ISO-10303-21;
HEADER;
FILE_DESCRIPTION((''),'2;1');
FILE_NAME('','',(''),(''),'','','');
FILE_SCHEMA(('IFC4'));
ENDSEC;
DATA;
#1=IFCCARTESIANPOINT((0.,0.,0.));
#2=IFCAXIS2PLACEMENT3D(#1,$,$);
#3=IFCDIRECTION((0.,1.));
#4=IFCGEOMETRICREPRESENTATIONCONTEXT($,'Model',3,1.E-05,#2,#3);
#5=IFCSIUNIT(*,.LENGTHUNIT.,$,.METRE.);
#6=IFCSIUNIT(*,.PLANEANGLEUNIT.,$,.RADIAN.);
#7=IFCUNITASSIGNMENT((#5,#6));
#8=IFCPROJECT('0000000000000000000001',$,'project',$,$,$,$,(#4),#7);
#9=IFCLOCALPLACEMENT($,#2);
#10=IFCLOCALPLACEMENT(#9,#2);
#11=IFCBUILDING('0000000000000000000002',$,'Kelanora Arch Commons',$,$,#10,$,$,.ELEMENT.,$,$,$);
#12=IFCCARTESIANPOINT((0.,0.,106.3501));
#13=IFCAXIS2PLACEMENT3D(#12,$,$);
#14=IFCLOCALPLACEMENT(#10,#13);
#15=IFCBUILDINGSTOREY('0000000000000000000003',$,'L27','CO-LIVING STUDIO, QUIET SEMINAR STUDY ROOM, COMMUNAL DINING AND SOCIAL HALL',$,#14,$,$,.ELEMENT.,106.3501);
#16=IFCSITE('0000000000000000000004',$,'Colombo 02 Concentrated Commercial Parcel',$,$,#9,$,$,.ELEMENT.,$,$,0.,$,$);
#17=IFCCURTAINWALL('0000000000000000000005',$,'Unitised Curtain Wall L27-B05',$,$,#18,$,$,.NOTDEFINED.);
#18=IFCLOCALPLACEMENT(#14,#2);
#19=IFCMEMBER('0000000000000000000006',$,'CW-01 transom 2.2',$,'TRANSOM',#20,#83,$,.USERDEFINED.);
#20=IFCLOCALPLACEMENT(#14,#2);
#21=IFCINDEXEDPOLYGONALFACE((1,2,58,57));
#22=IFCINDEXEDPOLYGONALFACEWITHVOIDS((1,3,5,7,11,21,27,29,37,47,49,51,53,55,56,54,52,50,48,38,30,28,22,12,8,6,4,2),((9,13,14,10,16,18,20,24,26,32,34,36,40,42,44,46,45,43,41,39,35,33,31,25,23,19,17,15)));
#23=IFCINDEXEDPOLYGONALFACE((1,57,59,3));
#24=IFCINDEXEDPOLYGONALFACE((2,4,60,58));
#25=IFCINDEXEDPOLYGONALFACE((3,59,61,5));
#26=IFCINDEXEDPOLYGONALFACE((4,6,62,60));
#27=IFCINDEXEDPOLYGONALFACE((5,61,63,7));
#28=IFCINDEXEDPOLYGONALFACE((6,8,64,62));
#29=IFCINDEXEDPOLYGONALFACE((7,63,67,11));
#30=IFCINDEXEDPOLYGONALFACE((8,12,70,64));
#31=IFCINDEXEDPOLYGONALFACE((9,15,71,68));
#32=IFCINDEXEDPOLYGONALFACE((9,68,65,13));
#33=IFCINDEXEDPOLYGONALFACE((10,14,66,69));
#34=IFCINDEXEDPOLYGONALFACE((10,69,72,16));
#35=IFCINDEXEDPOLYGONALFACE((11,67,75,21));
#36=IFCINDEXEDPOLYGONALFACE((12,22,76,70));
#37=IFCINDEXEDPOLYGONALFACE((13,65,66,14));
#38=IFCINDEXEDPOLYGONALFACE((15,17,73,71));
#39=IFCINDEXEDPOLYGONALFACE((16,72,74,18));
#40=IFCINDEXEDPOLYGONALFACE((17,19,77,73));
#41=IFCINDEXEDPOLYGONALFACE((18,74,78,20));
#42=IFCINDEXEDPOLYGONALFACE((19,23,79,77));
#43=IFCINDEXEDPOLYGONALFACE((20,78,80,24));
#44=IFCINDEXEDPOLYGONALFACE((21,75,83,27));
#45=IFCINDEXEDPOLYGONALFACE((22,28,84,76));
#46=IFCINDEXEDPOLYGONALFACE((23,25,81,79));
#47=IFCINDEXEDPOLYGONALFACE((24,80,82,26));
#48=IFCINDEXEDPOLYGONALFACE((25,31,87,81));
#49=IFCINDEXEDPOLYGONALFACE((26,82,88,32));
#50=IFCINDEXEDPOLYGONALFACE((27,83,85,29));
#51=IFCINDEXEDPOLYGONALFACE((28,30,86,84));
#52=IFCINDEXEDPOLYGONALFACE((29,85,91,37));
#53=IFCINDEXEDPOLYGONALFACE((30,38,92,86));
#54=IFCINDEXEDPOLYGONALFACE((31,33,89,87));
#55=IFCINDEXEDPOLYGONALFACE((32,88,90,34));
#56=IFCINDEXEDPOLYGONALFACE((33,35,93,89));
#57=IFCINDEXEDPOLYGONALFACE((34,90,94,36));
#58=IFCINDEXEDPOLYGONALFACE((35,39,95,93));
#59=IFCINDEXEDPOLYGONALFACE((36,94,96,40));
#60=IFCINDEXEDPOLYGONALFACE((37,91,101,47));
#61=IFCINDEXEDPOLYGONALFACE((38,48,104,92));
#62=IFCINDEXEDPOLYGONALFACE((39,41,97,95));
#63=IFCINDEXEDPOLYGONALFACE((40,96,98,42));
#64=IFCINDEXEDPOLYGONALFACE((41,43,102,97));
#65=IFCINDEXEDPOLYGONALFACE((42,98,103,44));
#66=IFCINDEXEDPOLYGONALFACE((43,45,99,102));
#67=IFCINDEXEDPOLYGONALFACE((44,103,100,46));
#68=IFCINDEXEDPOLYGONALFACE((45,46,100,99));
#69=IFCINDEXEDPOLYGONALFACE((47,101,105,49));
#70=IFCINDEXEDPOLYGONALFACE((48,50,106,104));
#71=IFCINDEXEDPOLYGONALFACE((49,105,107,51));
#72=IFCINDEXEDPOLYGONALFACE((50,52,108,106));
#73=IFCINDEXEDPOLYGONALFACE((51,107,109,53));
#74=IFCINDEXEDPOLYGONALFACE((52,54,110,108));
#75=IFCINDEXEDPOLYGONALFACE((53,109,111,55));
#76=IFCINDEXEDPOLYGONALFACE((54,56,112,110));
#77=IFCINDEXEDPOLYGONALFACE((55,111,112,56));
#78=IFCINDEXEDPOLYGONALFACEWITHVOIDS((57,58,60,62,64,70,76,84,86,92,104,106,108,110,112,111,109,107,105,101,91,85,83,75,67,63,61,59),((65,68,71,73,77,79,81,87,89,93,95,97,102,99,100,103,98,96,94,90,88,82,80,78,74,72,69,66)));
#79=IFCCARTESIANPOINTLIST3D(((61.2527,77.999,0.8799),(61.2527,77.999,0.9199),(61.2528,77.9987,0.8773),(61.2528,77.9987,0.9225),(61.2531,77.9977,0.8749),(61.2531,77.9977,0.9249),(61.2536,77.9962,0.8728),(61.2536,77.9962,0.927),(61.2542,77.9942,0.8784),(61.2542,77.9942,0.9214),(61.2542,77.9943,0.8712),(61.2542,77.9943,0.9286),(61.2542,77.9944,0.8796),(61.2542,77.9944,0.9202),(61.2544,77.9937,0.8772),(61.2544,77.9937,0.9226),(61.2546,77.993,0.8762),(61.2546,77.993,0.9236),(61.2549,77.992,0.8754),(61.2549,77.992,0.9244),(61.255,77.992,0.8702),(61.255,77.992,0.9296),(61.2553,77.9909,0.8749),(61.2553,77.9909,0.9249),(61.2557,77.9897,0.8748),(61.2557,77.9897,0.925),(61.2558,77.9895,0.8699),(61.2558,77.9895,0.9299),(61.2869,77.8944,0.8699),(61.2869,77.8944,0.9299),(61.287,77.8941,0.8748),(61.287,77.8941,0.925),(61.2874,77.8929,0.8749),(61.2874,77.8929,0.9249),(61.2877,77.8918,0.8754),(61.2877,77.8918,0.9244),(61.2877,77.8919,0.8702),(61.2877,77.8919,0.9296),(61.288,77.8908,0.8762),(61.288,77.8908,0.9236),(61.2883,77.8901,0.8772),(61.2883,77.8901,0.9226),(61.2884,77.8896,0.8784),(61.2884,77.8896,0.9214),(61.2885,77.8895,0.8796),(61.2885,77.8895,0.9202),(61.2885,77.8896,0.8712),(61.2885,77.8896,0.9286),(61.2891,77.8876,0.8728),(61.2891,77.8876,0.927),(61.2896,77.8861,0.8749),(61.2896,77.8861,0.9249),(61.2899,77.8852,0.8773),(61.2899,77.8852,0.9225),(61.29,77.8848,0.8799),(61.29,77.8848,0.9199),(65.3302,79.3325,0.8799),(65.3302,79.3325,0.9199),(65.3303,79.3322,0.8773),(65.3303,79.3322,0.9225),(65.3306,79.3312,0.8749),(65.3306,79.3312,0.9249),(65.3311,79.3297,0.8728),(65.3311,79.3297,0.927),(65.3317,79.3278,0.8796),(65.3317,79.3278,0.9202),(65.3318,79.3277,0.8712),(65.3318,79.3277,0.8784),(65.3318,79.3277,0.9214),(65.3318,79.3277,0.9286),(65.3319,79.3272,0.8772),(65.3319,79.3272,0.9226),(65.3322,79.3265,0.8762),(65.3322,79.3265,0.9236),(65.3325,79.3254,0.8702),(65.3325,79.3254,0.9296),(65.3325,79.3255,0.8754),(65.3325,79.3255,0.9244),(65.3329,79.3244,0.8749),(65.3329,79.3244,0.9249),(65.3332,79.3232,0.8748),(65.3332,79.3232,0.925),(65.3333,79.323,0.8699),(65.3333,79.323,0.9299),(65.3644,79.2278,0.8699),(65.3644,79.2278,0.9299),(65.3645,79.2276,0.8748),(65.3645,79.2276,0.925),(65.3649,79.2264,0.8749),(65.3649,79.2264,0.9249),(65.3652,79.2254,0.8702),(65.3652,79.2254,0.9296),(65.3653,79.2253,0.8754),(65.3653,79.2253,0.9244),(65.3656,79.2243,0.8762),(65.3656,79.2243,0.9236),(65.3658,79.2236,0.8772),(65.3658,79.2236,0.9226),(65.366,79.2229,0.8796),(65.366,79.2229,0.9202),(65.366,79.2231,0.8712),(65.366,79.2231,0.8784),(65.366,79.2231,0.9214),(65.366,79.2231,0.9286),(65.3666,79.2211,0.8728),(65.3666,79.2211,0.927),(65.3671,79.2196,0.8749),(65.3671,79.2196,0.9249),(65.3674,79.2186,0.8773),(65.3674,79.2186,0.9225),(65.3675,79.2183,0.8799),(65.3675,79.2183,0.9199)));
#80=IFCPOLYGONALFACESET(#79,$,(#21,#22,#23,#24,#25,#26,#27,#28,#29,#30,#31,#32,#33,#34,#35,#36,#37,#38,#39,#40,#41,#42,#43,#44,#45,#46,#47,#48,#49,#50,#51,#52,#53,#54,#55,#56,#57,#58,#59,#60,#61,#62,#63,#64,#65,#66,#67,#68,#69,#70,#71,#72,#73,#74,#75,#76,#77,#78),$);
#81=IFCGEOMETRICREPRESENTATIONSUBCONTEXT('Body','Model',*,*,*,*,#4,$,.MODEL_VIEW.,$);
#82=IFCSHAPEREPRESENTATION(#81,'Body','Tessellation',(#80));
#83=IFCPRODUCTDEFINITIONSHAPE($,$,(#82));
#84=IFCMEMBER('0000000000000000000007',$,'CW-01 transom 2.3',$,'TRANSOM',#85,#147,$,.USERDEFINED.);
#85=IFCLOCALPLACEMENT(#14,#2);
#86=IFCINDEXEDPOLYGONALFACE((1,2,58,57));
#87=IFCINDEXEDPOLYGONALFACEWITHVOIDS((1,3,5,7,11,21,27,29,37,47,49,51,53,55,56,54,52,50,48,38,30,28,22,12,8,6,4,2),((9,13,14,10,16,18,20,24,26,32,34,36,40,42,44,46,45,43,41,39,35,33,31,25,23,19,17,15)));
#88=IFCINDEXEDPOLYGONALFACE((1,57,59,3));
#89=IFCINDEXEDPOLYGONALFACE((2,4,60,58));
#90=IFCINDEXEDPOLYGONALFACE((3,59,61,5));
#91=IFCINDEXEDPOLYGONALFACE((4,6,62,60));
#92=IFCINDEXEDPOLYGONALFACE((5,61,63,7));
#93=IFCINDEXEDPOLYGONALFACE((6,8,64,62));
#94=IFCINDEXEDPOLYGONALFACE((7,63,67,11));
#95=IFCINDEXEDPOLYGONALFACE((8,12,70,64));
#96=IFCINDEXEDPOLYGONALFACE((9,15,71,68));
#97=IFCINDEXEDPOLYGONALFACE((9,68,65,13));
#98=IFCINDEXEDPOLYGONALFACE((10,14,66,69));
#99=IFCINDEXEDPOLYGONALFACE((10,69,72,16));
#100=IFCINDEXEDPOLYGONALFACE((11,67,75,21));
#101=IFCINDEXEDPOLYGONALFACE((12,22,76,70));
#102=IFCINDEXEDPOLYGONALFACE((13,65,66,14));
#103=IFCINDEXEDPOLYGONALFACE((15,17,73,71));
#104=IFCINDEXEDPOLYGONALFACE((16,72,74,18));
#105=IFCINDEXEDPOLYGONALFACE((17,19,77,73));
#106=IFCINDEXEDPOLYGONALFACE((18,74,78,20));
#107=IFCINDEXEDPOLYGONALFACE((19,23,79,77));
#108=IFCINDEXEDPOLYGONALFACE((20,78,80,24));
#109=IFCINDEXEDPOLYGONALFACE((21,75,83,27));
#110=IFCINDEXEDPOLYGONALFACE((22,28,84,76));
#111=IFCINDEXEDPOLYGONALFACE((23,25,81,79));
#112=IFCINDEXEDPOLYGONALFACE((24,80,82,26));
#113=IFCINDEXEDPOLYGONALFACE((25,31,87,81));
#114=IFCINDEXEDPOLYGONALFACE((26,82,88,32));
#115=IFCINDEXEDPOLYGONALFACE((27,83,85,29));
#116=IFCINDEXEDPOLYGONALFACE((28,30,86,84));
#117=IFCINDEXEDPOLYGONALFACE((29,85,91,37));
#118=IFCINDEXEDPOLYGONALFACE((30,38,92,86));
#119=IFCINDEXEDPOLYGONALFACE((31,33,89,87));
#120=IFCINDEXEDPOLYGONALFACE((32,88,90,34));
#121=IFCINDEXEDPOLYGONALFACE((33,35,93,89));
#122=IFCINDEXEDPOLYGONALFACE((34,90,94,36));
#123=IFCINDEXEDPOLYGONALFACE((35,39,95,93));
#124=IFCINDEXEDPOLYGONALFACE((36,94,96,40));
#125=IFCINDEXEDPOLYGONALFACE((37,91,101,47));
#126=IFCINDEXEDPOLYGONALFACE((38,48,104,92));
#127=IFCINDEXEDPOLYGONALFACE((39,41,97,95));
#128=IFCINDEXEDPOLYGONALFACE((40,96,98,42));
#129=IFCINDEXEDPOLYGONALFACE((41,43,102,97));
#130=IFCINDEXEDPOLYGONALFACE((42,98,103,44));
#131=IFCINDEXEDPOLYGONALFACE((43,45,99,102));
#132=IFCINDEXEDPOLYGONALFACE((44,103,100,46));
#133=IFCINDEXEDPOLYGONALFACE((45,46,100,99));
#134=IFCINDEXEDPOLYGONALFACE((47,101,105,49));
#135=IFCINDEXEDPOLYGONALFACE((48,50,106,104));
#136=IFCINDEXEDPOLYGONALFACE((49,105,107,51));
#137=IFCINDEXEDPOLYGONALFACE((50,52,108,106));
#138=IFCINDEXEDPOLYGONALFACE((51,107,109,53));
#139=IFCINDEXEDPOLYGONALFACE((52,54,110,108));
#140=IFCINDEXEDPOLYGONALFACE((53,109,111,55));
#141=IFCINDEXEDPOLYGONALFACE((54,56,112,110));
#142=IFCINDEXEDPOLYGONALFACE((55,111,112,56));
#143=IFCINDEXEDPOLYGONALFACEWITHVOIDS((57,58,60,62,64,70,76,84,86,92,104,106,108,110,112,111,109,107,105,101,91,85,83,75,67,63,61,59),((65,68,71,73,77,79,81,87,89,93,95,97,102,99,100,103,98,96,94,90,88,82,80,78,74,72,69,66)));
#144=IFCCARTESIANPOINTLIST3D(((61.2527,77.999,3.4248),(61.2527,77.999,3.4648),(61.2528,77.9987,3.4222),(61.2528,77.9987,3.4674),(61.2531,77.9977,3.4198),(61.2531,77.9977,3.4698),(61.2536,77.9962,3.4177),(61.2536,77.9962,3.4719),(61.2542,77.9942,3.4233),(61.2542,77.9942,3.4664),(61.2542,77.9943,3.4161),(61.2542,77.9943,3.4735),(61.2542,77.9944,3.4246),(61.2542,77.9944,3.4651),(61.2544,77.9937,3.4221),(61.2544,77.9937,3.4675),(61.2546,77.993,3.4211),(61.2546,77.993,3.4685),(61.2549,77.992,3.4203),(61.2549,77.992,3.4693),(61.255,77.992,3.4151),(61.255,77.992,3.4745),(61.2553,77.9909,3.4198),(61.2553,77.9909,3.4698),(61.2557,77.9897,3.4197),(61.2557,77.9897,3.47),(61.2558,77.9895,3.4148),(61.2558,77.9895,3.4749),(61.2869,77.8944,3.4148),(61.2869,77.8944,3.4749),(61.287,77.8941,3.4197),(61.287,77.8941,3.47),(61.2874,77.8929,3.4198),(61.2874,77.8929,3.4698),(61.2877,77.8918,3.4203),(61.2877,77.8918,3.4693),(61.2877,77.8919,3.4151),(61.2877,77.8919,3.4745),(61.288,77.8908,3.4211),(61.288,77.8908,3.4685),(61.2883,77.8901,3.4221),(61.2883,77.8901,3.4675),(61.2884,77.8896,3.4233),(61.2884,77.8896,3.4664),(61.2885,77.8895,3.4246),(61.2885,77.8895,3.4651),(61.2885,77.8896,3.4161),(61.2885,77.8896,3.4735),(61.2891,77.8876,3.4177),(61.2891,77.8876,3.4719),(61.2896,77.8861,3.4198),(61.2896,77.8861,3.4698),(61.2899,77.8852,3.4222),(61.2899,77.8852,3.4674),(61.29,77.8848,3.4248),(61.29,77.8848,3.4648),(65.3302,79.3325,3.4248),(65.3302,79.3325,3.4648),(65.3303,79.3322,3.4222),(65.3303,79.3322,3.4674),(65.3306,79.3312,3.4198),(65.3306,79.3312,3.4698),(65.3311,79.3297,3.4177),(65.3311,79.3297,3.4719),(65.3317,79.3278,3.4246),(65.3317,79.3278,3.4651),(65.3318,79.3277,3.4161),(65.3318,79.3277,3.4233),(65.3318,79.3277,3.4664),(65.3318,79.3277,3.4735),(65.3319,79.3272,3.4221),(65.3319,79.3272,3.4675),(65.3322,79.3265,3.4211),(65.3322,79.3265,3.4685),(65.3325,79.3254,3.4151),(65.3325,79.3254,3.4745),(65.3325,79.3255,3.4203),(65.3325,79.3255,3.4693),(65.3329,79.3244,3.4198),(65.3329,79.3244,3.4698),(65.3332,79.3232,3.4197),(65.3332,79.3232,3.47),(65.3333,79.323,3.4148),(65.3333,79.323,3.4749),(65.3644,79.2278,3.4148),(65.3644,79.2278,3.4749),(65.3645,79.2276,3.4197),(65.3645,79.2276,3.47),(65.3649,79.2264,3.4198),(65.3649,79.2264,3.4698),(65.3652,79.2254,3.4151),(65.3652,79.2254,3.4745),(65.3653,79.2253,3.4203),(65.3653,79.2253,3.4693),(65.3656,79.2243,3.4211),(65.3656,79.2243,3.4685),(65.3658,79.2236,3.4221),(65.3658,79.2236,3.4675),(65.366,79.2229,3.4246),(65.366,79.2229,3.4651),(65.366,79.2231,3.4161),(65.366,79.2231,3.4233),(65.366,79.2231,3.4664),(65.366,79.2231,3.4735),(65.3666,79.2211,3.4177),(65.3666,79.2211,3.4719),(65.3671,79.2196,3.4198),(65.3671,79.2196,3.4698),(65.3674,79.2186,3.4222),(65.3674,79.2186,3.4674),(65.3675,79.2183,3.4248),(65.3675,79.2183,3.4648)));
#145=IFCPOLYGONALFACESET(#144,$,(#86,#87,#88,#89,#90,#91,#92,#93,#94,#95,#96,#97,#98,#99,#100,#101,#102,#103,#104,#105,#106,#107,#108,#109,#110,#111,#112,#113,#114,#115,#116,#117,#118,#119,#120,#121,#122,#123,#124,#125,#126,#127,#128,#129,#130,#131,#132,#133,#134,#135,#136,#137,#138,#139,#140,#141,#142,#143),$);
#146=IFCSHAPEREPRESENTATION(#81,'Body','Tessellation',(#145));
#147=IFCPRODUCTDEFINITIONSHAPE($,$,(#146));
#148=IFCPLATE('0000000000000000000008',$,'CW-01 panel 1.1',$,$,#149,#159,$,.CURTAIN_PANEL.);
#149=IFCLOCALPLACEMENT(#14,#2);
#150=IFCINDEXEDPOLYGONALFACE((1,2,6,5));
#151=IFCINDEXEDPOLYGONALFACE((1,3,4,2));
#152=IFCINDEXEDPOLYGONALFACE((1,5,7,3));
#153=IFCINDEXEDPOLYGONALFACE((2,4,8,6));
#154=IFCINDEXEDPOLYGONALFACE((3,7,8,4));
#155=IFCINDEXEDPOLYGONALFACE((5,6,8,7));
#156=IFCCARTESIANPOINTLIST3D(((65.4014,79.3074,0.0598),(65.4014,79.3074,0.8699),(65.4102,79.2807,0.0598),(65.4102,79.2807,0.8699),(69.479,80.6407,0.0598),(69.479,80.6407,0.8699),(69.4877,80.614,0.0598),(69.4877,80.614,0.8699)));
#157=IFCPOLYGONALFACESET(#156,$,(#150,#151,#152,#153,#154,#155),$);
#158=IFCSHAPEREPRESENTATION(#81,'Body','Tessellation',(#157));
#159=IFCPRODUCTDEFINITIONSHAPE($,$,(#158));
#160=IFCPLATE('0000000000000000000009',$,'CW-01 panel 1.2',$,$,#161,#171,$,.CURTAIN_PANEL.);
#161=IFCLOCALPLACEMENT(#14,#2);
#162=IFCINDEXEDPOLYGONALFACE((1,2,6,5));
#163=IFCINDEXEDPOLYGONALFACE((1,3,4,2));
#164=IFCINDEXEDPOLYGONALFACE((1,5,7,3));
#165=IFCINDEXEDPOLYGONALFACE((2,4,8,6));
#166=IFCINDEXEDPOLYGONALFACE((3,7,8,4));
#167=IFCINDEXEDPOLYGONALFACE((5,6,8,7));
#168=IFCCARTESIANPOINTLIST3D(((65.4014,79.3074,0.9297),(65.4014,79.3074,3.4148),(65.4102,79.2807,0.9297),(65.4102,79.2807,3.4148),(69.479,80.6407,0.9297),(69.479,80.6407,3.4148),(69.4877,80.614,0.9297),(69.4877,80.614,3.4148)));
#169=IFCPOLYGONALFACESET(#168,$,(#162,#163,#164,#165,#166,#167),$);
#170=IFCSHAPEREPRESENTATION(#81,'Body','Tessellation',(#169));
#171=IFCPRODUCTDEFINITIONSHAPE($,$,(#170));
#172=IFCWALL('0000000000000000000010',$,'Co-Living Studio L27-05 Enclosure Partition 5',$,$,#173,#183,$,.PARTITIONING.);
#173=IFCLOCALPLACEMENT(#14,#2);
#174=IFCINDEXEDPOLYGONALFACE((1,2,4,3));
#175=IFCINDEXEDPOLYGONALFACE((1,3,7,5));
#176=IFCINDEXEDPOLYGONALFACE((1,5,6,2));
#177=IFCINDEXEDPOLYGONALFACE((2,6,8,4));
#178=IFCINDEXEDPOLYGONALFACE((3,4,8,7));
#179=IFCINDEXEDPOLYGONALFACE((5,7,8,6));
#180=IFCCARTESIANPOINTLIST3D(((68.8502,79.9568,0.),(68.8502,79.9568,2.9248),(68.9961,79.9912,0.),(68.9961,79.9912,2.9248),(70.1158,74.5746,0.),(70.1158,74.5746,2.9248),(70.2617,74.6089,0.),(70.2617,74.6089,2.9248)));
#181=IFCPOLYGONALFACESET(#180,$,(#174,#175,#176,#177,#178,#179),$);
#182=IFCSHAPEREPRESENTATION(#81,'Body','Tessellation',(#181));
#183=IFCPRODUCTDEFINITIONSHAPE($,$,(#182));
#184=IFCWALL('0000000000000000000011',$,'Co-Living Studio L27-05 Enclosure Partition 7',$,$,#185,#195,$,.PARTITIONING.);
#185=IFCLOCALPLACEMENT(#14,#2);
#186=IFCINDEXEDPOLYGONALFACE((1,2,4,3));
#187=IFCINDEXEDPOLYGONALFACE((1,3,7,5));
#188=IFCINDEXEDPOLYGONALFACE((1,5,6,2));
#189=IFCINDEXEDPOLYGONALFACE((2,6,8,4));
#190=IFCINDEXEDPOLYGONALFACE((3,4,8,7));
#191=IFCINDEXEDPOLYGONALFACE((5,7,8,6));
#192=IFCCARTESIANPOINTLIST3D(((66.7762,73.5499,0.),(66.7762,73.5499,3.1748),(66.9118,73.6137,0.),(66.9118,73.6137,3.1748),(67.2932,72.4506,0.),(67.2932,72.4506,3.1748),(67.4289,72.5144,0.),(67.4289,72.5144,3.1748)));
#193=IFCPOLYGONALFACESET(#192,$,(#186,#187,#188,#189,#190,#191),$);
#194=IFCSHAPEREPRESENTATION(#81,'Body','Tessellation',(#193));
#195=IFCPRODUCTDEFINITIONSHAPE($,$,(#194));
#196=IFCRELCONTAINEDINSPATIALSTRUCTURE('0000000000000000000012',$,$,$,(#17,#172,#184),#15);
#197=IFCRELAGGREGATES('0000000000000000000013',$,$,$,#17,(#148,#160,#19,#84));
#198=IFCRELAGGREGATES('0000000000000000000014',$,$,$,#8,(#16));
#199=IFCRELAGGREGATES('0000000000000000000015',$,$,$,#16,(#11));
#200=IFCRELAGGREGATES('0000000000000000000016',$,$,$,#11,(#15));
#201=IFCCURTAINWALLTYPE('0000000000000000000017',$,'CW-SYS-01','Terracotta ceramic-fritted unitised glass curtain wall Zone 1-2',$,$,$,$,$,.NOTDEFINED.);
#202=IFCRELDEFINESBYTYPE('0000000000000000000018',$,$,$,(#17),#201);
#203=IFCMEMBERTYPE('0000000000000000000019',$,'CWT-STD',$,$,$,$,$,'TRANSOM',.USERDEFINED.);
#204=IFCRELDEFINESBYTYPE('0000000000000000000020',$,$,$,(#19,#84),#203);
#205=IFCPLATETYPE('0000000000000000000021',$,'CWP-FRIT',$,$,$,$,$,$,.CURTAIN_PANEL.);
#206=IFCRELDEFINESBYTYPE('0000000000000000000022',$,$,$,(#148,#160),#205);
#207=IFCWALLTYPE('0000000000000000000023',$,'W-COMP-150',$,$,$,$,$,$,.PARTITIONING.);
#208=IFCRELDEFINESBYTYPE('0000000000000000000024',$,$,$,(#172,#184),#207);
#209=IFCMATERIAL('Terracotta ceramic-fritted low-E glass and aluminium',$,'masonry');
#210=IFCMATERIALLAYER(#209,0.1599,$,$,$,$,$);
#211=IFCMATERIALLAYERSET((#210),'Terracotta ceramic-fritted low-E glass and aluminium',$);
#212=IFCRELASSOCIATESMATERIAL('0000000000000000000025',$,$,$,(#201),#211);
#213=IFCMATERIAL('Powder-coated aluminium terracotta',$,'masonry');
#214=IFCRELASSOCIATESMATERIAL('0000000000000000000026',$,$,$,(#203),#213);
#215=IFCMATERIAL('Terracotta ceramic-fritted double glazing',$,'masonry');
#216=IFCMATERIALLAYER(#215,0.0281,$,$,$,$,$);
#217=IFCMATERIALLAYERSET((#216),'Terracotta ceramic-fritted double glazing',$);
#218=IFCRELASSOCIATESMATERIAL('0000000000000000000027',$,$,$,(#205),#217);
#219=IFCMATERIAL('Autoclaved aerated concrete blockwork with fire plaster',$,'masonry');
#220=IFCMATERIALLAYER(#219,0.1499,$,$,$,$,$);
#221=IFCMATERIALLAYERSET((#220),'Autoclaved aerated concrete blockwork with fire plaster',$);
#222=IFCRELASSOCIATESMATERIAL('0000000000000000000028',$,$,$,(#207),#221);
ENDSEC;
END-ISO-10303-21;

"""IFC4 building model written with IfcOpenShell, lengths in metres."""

from ifc_helpers import new_model, si_unit, direction, frame, frame_2d, origin, origin_2d, place, context, subcontext, project, spatial, rectangle, hollow_rectangle, extrude, source, transform, mapped, material, layer, layer_set, material_profile, profile_set, type_object, element, aggregate, save


model = new_model("IFC4")

# Units and contexts
model_context = context("Model", 3, precision=1e-05, world=origin(), true_north=direction((0.0, 1.0)))
body_context = subcontext(model_context, "Body", "Model", "MODEL_VIEW")
ifc_project = project(units=[si_unit("LENGTHUNIT", "METRE"), si_unit("PLANEANGLEUNIT", "RADIAN")], contexts=[model_context])

# Site, building, storey
site_placement = place(None, origin())
site = spatial("IfcSite", under=ifc_project, at=site_placement, Name="Colombo 02 Concentrated Commercial Parcel", CompositionType="ELEMENT", RefElevation=0.0)
building_placement = place(site_placement, origin())
building = spatial("IfcBuilding", under=site, at=building_placement, Name="Kelanora Arch Commons", CompositionType="ELEMENT")
storey_placement = place(building_placement, frame((0.0, 0.0, 106.3501)))
storey = spatial("IfcBuildingStorey", under=building, at=storey_placement, Name="L27", Description="CO-LIVING STUDIO, QUIET SEMINAR STUDY ROOM, COMMUNAL DINING AND SOCIAL HALL", CompositionType="ELEMENT", Elevation=106.3501)

# Curtain wall, members, plates
ifc_material_1 = material(Name="Terracotta ceramic-fritted low-E glass and aluminium", Category="masonry")
ifc_layer_1 = layer(ifc_material_1, 0.1599)
ifc_layer_set_1 = layer_set([ifc_layer_1], Name="Terracotta ceramic-fritted low-E glass and aluminium")
curtain_wall_type = type_object("IfcCurtainWallType", Name="CW-SYS-01", Description="Terracotta ceramic-fritted unitised glass curtain wall Zone 1-2", PredefinedType="NOTDEFINED", material=ifc_layer_set_1)
curtain_wall_placement = place(storey_placement, origin())
curtain_wall = element("IfcCurtainWall", 1, at=curtain_wall_placement, inside=storey, type_object=curtain_wall_type, Name="Unitised Curtain Wall L27-B05", PredefinedType="NOTDEFINED")
ifc_material_2 = material(Name="Powder-coated aluminium terracotta", Category="masonry")
ifc_material_profile_1 = material_profile(ifc_material_2, hollow_rectangle(XDim=0.1201, YDim=0.0601, WallThickness=0.0049, InnerFilletRadius=0.0049, OuterFilletRadius=0.01, at=origin_2d()), Name="CWT120x60")
ifc_profile_set_1 = profile_set([ifc_material_profile_1], Name="Powder-coated aluminium terracotta")
member_type_1 = type_object("IfcMemberType", Name="CWT-STD", ElementType="TRANSOM", PredefinedType="USERDEFINED", material=ifc_profile_set_1)
member_1_placement = place(storey_placement, frame((65.3489, 79.2754, 0.8999), z_axis=(-0.950466, -0.310828, 0.0), x_axis=(0.310828, -0.950466, 0.0)))
member_1 = element("IfcMember", 2, at=member_1_placement, type_object=member_type_1, Name="CW-01 transom 2.2", ObjectType="TRANSOM", PredefinedType="USERDEFINED", context=body_context, shape_type="SweptSolid", body=[
    extrude(hollow_rectangle(XDim=0.1201, YDim=0.0601, WallThickness=0.0049, InnerFilletRadius=0.0049, OuterFilletRadius=0.01, at=origin_2d()), origin(), (0.0, 0.0, 1.0), 4.29),
])
member_2_placement = place(storey_placement, frame((65.3489, 79.2754, 3.4448), z_axis=(-0.950466, -0.310828, 0.0), x_axis=(0.310828, -0.950466, 0.0)))
member_2 = element("IfcMember", 3, at=member_2_placement, type_object=member_type_1, Name="CW-01 transom 2.3", ObjectType="TRANSOM", PredefinedType="USERDEFINED", context=body_context, shape_type="SweptSolid", body=[
    extrude(hollow_rectangle(XDim=0.1201, YDim=0.0601, WallThickness=0.0049, InnerFilletRadius=0.0049, OuterFilletRadius=0.01, at=origin_2d()), origin(), (0.0, 0.0, 1.0), 4.29),
])
ifc_material_3 = material(Name="Terracotta ceramic-fritted double glazing", Category="masonry")
ifc_layer_2 = layer(ifc_material_3, 0.0281)
ifc_layer_set_2 = layer_set([ifc_layer_2], Name="Terracotta ceramic-fritted double glazing")
plate_type = type_object("IfcPlateType", Name="CWP-FRIT", PredefinedType="CURTAIN_PANEL", material=ifc_layer_set_2)
shared_shape_1 = source(origin(), body_context, "Body", "SweptSolid", [
    extrude(rectangle(XDim=4.29, YDim=0.0281, at=origin_2d()), origin(), (0.0, 0.0, 1.0), 0.8101),
])
plate_1_placement = place(storey_placement, frame((67.4446, 79.9607, 0.0598), z_axis=(0.0, 0.0, 1.0), x_axis=(-0.950474, -0.310805, 0.0)))
plate_1 = element("IfcPlate", 4, at=plate_1_placement, type_object=plate_type, Name="CW-01 panel 1.1", PredefinedType="CURTAIN_PANEL", context=body_context, shape_type="MappedRepresentation", body=[
    mapped(shared_shape_1, transform((0.0, 0.0, 0.0), scale=1.0)),
])
shared_shape_2 = source(origin(), body_context, "Body", "SweptSolid", [
    extrude(rectangle(XDim=4.29, YDim=0.0281, at=origin_2d()), origin(), (0.0, 0.0, 1.0), 2.4851),
])
plate_2_placement = place(storey_placement, frame((67.4446, 79.9607, 0.9297), z_axis=(0.0, 0.0, 1.0), x_axis=(-0.950474, -0.310805, 0.0)))
plate_2 = element("IfcPlate", 5, at=plate_2_placement, type_object=plate_type, Name="CW-01 panel 1.2", PredefinedType="CURTAIN_PANEL", context=body_context, shape_type="MappedRepresentation", body=[
    mapped(shared_shape_2, transform((0.0, 0.0, 0.0), scale=1.0)),
])
aggregate(curtain_wall, [plate_1, plate_2, member_1, member_2])

# Walls
ifc_material_4 = material(Name="Autoclaved aerated concrete blockwork with fire plaster", Category="masonry")
ifc_layer_3 = layer(ifc_material_4, 0.1499)
ifc_layer_set_3 = layer_set([ifc_layer_3], Name="Autoclaved aerated concrete blockwork with fire plaster")
wall_type_1 = type_object("IfcWallType", Name="W-COMP-150", PredefinedType="PARTITIONING", material=ifc_layer_set_3)
wall_1_placement = place(storey_placement, frame((68.9231, 79.9741, 0.0), z_axis=(0.0, 0.0, 1.0), x_axis=(0.228902, -0.97345, 0.0)))
element("IfcWall", 6, at=wall_1_placement, inside=storey, type_object=wall_type_1, Name="Co-Living Studio L27-05 Enclosure Partition 5", PredefinedType="PARTITIONING", context=body_context, shape_type="SweptSolid", body=[
    extrude(rectangle(XDim=5.5291, YDim=0.1499, at=frame_2d((2.7646, 0.0))), origin(), (0.0, 0.0, 1.0), 2.9248),
])
wall_2_placement = place(storey_placement, frame((66.844, 73.5818, 0.0), z_axis=(0.0, 0.0, 1.0), x_axis=(0.425623, -0.904901, 0.0)))
element("IfcWall", 7, at=wall_2_placement, inside=storey, type_object=wall_type_1, Name="Co-Living Studio L27-05 Enclosure Partition 7", PredefinedType="PARTITIONING", context=body_context, shape_type="SweptSolid", body=[
    extrude(rectangle(XDim=1.2148, YDim=0.1499, at=frame_2d((0.6074, 0.0))), origin(), (0.0, 0.0, 1.0), 3.1748),
])

save(model, "model.ifc")
